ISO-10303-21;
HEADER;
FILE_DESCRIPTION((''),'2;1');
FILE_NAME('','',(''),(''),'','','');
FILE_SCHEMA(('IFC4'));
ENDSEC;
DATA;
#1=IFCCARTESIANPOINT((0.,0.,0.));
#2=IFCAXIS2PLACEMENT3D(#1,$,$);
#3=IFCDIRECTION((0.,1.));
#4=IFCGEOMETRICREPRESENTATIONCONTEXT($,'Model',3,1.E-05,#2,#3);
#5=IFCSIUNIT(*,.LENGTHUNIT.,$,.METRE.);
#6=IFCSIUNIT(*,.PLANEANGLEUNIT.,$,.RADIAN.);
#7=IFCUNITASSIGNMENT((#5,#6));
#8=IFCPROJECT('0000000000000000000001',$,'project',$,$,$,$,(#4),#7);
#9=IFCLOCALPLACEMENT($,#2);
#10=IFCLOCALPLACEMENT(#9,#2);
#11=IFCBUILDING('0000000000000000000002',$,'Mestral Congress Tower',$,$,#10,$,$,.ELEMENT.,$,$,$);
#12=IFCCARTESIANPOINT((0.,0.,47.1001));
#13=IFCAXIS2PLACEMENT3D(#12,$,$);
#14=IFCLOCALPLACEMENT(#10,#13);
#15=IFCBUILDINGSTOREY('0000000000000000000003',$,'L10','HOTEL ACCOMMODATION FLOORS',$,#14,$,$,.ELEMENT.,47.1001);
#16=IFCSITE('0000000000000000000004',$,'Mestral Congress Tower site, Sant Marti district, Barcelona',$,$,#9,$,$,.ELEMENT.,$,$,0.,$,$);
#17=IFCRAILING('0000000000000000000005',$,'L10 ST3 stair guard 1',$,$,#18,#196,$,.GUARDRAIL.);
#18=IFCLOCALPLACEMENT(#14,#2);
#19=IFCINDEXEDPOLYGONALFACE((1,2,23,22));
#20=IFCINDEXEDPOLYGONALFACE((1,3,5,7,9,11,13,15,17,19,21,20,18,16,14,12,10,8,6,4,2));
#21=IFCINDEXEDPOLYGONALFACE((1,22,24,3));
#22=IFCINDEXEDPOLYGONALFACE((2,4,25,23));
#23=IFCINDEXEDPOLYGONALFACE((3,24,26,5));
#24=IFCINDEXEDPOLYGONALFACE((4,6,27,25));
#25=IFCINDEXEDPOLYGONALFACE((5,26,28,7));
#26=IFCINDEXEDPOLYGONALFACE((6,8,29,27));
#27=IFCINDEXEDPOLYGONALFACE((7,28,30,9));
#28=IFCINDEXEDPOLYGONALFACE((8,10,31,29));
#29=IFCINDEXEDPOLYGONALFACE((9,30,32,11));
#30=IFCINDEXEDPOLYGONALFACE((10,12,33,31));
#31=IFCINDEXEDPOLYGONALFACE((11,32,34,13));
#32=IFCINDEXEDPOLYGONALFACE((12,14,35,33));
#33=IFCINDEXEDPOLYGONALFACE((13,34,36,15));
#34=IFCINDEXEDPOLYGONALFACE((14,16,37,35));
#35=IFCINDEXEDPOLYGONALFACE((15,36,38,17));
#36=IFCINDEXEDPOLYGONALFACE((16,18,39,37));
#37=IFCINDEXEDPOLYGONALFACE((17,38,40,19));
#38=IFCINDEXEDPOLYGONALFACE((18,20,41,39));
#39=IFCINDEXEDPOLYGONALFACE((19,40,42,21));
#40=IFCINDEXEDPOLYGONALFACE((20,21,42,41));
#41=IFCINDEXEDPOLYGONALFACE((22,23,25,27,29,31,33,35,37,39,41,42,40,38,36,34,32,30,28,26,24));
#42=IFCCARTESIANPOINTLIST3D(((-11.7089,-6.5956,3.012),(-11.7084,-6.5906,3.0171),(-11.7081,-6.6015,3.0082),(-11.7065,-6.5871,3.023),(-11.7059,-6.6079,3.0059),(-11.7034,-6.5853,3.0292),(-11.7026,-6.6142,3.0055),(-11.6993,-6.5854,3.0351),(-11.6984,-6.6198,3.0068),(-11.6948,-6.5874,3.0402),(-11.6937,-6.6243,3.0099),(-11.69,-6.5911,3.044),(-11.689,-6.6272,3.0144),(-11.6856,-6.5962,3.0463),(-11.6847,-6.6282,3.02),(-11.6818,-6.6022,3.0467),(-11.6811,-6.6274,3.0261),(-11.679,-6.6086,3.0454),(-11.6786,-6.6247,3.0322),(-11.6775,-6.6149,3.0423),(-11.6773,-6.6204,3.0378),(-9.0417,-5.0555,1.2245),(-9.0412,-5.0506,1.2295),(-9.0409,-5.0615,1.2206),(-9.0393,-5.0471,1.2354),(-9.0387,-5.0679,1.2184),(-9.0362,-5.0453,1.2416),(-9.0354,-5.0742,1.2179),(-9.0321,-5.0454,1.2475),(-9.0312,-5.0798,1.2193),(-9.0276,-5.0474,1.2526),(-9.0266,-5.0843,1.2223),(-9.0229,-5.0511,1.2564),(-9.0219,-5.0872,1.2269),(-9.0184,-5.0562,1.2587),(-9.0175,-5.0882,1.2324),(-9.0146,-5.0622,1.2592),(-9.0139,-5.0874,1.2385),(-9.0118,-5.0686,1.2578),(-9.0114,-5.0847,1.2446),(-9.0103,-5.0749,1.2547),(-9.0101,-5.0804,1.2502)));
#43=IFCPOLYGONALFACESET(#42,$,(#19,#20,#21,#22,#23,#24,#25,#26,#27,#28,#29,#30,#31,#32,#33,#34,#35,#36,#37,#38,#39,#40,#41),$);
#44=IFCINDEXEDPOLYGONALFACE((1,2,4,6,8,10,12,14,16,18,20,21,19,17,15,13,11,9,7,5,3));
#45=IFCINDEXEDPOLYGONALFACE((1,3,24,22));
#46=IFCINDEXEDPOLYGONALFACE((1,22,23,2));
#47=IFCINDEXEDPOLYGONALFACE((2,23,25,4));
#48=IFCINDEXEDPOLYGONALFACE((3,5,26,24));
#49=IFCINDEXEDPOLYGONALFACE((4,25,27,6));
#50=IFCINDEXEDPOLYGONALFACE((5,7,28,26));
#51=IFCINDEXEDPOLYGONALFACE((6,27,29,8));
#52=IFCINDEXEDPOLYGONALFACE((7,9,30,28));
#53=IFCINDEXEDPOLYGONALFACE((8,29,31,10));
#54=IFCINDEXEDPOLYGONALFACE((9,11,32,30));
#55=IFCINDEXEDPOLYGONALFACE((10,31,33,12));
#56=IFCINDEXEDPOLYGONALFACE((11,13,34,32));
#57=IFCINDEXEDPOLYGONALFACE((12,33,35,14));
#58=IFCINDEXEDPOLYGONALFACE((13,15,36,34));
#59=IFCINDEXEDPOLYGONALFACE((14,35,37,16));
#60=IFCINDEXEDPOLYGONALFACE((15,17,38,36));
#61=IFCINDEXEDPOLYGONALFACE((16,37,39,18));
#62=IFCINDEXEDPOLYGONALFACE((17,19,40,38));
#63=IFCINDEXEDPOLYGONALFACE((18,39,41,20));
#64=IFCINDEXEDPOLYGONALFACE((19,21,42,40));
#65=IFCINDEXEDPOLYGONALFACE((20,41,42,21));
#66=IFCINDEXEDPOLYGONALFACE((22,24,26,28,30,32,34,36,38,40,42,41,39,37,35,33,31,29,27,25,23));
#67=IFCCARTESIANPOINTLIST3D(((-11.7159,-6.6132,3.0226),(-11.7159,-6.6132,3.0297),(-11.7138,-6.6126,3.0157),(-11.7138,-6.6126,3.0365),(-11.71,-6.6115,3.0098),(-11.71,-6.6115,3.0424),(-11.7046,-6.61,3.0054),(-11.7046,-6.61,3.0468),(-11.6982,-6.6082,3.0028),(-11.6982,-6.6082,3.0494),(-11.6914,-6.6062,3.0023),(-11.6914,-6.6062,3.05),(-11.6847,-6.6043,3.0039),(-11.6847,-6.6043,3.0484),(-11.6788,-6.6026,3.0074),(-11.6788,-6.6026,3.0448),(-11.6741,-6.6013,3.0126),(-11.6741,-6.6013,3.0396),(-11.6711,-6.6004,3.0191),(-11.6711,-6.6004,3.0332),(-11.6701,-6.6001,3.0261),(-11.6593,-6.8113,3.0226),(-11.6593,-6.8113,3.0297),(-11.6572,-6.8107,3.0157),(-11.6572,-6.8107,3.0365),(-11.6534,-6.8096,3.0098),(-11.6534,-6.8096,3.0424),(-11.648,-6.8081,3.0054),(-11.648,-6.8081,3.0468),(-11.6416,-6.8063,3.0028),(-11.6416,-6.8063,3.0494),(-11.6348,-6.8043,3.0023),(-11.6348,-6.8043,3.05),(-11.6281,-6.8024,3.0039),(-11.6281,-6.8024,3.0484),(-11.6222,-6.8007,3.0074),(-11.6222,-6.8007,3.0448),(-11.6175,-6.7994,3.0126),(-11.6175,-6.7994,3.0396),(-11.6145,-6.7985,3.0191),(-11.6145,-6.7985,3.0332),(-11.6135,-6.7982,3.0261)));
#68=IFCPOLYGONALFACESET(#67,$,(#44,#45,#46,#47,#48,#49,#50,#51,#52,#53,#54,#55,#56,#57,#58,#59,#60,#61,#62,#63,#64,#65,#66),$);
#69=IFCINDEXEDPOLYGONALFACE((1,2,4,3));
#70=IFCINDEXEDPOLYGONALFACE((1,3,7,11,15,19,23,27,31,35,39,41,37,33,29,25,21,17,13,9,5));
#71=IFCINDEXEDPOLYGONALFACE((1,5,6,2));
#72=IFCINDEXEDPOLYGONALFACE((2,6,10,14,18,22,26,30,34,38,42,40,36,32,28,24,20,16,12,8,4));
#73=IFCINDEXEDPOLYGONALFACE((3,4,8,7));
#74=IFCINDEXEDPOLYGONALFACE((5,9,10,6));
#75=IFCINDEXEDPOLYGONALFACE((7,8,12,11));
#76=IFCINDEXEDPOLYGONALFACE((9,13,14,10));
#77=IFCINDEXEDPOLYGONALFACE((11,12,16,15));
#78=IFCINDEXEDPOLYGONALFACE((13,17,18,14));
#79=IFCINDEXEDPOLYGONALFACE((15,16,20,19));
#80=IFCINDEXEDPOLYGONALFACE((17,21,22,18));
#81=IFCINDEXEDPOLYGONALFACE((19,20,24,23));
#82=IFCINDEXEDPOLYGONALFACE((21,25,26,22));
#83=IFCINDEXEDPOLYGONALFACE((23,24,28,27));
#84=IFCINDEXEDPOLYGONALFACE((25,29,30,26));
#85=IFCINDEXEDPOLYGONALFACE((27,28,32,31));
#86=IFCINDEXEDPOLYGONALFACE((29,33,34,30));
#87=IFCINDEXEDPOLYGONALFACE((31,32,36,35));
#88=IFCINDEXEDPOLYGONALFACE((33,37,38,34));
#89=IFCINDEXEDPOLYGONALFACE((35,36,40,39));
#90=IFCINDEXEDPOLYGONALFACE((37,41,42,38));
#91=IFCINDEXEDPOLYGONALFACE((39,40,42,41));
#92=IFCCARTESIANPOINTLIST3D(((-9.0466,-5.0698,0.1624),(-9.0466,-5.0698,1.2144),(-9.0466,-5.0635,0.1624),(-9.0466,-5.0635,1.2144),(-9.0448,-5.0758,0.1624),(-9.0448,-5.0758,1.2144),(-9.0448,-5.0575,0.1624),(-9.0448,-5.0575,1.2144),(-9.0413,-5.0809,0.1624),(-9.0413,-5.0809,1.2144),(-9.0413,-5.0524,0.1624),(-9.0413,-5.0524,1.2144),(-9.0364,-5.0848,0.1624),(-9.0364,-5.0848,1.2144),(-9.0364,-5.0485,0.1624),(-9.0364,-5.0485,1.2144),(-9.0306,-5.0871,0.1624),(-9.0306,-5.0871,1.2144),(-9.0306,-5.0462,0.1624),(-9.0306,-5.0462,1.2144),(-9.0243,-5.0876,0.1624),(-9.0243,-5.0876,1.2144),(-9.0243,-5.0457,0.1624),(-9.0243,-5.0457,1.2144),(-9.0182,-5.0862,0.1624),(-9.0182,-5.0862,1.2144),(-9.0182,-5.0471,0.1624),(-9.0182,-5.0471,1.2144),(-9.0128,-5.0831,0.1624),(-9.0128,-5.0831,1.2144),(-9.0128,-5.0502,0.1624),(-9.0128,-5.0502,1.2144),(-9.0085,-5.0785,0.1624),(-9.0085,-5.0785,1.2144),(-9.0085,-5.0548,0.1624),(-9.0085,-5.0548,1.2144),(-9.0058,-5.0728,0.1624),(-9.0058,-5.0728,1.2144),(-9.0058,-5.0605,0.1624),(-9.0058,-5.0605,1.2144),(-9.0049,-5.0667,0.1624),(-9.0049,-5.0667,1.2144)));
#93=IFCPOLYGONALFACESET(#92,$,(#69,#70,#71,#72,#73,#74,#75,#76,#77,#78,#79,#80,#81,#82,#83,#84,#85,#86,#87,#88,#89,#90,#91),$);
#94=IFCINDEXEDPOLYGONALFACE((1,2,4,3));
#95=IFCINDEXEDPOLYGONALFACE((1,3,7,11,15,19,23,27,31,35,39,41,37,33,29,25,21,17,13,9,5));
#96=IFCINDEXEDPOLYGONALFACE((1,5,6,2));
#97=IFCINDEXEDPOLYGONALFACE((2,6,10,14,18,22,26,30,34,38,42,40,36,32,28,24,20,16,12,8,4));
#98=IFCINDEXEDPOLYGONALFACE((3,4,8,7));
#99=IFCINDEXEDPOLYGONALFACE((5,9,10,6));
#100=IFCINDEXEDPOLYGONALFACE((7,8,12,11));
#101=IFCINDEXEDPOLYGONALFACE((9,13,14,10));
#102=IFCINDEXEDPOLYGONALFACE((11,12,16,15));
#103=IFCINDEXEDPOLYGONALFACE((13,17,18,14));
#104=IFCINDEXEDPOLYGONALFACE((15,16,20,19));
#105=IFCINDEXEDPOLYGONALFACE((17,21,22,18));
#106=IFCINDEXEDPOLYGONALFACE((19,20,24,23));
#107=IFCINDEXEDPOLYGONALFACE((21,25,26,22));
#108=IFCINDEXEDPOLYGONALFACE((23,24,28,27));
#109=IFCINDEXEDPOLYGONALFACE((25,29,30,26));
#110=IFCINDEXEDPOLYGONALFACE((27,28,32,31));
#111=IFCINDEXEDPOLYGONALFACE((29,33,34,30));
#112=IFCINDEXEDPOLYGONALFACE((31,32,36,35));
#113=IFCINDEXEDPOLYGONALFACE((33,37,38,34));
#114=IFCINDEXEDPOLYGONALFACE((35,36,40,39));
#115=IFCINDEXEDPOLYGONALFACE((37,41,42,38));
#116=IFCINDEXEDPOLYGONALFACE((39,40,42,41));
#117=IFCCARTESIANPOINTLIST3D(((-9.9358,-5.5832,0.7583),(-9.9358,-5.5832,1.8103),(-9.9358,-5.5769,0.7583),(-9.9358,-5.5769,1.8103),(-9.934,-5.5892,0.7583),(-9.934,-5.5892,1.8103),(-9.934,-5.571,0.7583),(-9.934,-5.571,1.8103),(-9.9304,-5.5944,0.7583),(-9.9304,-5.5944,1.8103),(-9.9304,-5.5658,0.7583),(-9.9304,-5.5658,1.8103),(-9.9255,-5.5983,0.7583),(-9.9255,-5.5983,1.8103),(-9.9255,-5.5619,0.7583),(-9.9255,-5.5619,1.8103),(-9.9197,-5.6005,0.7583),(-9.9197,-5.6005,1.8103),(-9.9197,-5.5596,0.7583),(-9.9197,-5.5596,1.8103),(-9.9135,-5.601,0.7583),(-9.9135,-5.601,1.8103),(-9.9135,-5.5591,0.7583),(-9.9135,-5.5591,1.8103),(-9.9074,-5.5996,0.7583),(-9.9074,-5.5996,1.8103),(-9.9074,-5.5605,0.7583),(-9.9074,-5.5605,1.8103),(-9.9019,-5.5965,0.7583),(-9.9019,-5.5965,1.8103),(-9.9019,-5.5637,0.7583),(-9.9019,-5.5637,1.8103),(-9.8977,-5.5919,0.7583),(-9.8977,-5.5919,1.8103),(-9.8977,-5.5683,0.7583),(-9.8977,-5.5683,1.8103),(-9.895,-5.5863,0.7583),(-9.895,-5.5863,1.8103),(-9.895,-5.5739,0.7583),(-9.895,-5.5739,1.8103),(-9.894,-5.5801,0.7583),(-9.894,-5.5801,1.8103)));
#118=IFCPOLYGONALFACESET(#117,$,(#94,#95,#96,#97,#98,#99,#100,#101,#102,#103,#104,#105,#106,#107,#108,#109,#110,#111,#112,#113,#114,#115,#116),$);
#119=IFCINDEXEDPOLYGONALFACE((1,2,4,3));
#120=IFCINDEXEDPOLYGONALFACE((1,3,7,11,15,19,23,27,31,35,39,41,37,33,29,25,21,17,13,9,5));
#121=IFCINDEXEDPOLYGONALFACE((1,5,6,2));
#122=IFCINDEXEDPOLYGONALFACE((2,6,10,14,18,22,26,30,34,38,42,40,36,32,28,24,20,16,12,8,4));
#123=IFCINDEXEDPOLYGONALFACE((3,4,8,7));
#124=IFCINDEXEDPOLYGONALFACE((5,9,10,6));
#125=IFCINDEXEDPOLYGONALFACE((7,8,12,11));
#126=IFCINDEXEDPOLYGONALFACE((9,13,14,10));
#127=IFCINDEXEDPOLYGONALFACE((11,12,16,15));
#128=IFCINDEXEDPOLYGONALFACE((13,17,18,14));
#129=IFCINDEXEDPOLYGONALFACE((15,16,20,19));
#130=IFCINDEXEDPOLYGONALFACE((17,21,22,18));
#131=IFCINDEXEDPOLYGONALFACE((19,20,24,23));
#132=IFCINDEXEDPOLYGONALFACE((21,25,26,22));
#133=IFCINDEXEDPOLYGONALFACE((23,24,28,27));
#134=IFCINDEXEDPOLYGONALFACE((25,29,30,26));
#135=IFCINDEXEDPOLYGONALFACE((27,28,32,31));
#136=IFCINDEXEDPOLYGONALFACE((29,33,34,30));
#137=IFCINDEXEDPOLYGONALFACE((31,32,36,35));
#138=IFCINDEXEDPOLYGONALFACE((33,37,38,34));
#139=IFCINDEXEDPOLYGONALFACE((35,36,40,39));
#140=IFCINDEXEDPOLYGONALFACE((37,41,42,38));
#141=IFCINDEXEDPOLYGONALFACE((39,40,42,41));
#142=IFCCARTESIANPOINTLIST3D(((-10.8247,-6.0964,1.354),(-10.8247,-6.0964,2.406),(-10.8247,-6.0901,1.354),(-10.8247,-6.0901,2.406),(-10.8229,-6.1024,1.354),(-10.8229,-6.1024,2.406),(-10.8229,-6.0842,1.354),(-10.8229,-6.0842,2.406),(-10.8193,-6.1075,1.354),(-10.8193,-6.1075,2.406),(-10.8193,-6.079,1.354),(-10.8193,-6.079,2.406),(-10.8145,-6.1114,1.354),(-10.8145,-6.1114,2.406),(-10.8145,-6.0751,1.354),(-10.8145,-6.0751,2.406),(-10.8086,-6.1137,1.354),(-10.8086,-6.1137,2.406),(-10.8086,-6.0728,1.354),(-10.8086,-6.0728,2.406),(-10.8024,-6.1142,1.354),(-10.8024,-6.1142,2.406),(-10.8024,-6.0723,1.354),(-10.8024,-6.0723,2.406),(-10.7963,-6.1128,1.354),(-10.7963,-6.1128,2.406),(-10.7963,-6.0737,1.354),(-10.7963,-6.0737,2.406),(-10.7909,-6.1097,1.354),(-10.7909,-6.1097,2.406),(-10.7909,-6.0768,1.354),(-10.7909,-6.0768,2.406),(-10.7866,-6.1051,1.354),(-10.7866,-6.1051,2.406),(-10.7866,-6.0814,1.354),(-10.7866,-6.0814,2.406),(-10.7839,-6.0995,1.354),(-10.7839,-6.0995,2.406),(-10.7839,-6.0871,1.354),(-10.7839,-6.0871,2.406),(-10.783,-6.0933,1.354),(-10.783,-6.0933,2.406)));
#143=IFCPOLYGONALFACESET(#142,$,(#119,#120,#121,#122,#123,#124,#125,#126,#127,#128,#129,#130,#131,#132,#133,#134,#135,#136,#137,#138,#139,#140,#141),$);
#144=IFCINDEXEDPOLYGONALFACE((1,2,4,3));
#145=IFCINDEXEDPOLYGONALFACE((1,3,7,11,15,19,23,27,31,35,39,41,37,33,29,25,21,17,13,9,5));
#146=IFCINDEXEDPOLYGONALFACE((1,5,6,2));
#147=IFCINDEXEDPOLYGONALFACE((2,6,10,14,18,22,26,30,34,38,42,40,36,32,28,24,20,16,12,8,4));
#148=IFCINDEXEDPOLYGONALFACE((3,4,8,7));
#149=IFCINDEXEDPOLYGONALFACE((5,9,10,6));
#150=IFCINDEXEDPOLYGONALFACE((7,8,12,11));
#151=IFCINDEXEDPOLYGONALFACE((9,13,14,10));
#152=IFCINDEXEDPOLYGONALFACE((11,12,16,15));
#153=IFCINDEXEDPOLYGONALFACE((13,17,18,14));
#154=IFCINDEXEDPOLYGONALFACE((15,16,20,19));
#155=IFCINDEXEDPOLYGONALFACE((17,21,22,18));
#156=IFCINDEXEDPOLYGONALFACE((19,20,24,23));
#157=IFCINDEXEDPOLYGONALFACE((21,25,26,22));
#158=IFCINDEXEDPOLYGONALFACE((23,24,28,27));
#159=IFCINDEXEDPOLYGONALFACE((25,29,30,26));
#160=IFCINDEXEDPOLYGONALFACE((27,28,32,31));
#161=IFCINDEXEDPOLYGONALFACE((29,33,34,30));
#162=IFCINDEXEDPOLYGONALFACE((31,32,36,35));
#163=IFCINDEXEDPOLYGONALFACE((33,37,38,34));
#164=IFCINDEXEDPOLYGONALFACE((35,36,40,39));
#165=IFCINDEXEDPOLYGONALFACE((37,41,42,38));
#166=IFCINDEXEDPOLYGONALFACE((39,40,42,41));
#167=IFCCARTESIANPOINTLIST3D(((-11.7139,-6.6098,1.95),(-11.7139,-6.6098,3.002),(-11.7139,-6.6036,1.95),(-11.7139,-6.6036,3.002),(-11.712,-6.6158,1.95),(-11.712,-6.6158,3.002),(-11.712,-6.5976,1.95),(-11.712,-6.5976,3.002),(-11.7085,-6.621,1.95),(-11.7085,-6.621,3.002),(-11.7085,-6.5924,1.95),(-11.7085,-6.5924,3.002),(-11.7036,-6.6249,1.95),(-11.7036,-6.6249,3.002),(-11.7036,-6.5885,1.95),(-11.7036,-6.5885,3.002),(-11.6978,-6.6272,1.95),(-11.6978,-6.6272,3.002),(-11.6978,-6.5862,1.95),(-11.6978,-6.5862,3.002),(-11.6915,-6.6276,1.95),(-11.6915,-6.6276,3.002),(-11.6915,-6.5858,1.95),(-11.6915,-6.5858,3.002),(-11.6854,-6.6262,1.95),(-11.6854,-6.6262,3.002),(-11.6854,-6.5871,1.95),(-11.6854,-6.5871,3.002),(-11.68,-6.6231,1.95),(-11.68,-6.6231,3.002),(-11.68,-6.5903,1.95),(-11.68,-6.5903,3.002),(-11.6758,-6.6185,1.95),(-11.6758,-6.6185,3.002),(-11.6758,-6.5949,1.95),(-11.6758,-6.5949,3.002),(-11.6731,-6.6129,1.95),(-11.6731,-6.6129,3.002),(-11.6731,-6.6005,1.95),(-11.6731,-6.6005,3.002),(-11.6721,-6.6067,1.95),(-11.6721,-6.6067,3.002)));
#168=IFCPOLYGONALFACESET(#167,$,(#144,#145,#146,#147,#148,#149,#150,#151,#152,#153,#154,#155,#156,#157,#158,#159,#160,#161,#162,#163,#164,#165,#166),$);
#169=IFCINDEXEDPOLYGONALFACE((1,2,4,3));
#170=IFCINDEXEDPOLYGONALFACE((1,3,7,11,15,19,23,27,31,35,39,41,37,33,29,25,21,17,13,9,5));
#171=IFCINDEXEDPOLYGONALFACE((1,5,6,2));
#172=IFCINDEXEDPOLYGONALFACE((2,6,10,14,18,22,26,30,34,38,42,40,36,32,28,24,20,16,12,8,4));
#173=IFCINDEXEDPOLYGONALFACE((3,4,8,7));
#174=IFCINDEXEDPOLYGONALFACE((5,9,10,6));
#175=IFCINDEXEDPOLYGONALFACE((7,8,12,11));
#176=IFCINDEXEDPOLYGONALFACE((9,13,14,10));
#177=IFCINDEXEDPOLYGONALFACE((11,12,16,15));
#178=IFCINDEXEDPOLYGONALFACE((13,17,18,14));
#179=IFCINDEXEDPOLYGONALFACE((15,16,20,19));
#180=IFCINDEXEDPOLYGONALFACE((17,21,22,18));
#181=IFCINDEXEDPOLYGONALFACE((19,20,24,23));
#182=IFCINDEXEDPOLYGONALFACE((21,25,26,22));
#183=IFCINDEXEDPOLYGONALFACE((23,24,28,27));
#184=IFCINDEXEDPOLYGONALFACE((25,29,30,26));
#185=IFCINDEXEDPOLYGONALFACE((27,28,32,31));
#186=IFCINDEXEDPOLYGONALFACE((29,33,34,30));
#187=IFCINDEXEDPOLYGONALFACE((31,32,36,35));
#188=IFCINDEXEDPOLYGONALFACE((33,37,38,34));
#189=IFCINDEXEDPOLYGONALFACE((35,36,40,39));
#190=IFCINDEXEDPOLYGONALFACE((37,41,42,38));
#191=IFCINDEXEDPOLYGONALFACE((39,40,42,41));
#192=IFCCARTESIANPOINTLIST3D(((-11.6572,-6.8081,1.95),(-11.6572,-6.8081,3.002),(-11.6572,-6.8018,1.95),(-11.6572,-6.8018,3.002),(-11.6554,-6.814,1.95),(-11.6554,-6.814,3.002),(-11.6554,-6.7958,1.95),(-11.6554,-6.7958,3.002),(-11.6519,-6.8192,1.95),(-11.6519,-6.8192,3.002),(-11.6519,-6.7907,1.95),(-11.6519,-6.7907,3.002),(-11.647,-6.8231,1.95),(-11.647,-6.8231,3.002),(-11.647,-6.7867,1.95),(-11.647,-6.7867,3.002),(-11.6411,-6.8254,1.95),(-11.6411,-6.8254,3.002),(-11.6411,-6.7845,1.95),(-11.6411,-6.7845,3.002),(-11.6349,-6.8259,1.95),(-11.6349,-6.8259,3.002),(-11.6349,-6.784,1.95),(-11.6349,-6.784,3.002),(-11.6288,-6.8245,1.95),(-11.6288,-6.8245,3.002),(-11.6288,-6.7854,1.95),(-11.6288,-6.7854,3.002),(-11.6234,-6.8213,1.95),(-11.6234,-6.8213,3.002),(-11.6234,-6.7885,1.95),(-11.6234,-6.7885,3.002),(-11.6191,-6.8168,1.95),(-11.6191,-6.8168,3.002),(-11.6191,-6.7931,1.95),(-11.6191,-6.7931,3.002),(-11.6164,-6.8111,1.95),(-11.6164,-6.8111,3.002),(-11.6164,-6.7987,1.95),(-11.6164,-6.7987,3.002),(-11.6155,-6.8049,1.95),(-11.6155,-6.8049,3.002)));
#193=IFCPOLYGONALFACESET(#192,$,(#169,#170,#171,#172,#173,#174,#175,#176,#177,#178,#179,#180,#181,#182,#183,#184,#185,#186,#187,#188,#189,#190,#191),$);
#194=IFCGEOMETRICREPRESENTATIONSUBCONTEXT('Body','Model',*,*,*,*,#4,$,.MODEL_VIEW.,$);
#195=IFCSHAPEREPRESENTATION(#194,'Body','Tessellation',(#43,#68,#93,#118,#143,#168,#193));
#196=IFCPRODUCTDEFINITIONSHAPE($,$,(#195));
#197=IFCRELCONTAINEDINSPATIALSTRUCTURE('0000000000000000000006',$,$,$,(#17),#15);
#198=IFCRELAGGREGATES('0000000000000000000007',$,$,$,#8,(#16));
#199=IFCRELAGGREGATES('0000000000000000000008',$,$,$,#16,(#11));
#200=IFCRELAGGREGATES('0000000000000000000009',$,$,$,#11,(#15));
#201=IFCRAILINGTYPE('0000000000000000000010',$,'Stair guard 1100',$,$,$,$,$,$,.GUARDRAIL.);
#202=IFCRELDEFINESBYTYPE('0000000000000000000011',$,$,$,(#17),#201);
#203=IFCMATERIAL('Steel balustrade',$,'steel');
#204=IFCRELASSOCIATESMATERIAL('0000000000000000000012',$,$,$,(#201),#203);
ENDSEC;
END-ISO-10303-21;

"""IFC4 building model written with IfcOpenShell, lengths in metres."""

from ifc_helpers import new_model, si_unit, direction, frame, origin, origin_2d, place, context, subcontext, project, spatial, circle, extrude, material, type_object, element, save


model = new_model("IFC4")

# Units and contexts
model_context = context("Model", 3, precision=1e-05, world=origin(), true_north=direction((0.0, 1.0)))
body_context = subcontext(model_context, "Body", "Model", "MODEL_VIEW")
ifc_project = project(units=[si_unit("LENGTHUNIT", "METRE"), si_unit("PLANEANGLEUNIT", "RADIAN")], contexts=[model_context])

# Site, building, storey
site_placement = place(None, origin())
site = spatial("IfcSite", under=ifc_project, at=site_placement, Name="Mestral Congress Tower site, Sant Marti district, Barcelona", CompositionType="ELEMENT", RefElevation=0.0)
building_placement = place(site_placement, origin())
building = spatial("IfcBuilding", under=site, at=building_placement, Name="Mestral Congress Tower", CompositionType="ELEMENT")
storey_placement = place(building_placement, frame((0.0, 0.0, 47.1001)))
storey = spatial("IfcBuildingStorey", under=building, at=storey_placement, Name="L10", Description="HOTEL ACCOMMODATION FLOORS", CompositionType="ELEMENT", Elevation=47.1001)

# Railing
ifc_material_1 = material(Name="Steel balustrade", Category="steel")
railing_type_1 = type_object("IfcRailingType", Name="Stair guard 1100", PredefinedType="GUARDRAIL", material=ifc_material_1)
railing_1_placement = place(storey_placement, frame((-9.0259, -5.0667, 0.1624)))
element("IfcRailing", 1, at=railing_1_placement, inside=storey, type_object=railing_type_1, Name="L10 ST3 stair guard 1", PredefinedType="GUARDRAIL", context=body_context, shape_type="SweptSolid", body=[
    extrude(circle(Radius=0.0239, at=origin_2d()), frame((0.0, 0.0, 1.0762), z_axis=(-0.748994, -0.432463, 0.50198), x_axis=(0.500027, -0.86601, 0.0)), (0.0, 0.0, 1.0), 3.561),
    extrude(circle(Radius=0.0239, at=origin_2d()), frame((-2.6672, -1.54, 2.8638), z_axis=(0.274721, -0.961524, 0.0), x_axis=(0.961524, 0.274721, 0.0)), (0.0, 0.0, 1.0), 0.2061),
    extrude(circle(Radius=0.021, at=origin_2d()), origin(), (0.0, 0.0, 1.0), 1.052),
    extrude(circle(Radius=0.021, at=origin_2d()), frame((-0.8892, -0.5134, 0.5959)), (0.0, 0.0, 1.0), 1.052),
    extrude(circle(Radius=0.021, at=origin_2d()), frame((-1.7781, -1.0266, 1.1917)), (0.0, 0.0, 1.0), 1.052),
    extrude(circle(Radius=0.021, at=origin_2d()), frame((-2.6672, -1.54, 1.7876)), (0.0, 0.0, 1.0), 1.052),
    extrude(circle(Radius=0.021, at=origin_2d()), frame((-2.6106, -1.7383, 1.7876)), (0.0, 0.0, 1.0), 1.052),
])

save(model, "model.ifc")
